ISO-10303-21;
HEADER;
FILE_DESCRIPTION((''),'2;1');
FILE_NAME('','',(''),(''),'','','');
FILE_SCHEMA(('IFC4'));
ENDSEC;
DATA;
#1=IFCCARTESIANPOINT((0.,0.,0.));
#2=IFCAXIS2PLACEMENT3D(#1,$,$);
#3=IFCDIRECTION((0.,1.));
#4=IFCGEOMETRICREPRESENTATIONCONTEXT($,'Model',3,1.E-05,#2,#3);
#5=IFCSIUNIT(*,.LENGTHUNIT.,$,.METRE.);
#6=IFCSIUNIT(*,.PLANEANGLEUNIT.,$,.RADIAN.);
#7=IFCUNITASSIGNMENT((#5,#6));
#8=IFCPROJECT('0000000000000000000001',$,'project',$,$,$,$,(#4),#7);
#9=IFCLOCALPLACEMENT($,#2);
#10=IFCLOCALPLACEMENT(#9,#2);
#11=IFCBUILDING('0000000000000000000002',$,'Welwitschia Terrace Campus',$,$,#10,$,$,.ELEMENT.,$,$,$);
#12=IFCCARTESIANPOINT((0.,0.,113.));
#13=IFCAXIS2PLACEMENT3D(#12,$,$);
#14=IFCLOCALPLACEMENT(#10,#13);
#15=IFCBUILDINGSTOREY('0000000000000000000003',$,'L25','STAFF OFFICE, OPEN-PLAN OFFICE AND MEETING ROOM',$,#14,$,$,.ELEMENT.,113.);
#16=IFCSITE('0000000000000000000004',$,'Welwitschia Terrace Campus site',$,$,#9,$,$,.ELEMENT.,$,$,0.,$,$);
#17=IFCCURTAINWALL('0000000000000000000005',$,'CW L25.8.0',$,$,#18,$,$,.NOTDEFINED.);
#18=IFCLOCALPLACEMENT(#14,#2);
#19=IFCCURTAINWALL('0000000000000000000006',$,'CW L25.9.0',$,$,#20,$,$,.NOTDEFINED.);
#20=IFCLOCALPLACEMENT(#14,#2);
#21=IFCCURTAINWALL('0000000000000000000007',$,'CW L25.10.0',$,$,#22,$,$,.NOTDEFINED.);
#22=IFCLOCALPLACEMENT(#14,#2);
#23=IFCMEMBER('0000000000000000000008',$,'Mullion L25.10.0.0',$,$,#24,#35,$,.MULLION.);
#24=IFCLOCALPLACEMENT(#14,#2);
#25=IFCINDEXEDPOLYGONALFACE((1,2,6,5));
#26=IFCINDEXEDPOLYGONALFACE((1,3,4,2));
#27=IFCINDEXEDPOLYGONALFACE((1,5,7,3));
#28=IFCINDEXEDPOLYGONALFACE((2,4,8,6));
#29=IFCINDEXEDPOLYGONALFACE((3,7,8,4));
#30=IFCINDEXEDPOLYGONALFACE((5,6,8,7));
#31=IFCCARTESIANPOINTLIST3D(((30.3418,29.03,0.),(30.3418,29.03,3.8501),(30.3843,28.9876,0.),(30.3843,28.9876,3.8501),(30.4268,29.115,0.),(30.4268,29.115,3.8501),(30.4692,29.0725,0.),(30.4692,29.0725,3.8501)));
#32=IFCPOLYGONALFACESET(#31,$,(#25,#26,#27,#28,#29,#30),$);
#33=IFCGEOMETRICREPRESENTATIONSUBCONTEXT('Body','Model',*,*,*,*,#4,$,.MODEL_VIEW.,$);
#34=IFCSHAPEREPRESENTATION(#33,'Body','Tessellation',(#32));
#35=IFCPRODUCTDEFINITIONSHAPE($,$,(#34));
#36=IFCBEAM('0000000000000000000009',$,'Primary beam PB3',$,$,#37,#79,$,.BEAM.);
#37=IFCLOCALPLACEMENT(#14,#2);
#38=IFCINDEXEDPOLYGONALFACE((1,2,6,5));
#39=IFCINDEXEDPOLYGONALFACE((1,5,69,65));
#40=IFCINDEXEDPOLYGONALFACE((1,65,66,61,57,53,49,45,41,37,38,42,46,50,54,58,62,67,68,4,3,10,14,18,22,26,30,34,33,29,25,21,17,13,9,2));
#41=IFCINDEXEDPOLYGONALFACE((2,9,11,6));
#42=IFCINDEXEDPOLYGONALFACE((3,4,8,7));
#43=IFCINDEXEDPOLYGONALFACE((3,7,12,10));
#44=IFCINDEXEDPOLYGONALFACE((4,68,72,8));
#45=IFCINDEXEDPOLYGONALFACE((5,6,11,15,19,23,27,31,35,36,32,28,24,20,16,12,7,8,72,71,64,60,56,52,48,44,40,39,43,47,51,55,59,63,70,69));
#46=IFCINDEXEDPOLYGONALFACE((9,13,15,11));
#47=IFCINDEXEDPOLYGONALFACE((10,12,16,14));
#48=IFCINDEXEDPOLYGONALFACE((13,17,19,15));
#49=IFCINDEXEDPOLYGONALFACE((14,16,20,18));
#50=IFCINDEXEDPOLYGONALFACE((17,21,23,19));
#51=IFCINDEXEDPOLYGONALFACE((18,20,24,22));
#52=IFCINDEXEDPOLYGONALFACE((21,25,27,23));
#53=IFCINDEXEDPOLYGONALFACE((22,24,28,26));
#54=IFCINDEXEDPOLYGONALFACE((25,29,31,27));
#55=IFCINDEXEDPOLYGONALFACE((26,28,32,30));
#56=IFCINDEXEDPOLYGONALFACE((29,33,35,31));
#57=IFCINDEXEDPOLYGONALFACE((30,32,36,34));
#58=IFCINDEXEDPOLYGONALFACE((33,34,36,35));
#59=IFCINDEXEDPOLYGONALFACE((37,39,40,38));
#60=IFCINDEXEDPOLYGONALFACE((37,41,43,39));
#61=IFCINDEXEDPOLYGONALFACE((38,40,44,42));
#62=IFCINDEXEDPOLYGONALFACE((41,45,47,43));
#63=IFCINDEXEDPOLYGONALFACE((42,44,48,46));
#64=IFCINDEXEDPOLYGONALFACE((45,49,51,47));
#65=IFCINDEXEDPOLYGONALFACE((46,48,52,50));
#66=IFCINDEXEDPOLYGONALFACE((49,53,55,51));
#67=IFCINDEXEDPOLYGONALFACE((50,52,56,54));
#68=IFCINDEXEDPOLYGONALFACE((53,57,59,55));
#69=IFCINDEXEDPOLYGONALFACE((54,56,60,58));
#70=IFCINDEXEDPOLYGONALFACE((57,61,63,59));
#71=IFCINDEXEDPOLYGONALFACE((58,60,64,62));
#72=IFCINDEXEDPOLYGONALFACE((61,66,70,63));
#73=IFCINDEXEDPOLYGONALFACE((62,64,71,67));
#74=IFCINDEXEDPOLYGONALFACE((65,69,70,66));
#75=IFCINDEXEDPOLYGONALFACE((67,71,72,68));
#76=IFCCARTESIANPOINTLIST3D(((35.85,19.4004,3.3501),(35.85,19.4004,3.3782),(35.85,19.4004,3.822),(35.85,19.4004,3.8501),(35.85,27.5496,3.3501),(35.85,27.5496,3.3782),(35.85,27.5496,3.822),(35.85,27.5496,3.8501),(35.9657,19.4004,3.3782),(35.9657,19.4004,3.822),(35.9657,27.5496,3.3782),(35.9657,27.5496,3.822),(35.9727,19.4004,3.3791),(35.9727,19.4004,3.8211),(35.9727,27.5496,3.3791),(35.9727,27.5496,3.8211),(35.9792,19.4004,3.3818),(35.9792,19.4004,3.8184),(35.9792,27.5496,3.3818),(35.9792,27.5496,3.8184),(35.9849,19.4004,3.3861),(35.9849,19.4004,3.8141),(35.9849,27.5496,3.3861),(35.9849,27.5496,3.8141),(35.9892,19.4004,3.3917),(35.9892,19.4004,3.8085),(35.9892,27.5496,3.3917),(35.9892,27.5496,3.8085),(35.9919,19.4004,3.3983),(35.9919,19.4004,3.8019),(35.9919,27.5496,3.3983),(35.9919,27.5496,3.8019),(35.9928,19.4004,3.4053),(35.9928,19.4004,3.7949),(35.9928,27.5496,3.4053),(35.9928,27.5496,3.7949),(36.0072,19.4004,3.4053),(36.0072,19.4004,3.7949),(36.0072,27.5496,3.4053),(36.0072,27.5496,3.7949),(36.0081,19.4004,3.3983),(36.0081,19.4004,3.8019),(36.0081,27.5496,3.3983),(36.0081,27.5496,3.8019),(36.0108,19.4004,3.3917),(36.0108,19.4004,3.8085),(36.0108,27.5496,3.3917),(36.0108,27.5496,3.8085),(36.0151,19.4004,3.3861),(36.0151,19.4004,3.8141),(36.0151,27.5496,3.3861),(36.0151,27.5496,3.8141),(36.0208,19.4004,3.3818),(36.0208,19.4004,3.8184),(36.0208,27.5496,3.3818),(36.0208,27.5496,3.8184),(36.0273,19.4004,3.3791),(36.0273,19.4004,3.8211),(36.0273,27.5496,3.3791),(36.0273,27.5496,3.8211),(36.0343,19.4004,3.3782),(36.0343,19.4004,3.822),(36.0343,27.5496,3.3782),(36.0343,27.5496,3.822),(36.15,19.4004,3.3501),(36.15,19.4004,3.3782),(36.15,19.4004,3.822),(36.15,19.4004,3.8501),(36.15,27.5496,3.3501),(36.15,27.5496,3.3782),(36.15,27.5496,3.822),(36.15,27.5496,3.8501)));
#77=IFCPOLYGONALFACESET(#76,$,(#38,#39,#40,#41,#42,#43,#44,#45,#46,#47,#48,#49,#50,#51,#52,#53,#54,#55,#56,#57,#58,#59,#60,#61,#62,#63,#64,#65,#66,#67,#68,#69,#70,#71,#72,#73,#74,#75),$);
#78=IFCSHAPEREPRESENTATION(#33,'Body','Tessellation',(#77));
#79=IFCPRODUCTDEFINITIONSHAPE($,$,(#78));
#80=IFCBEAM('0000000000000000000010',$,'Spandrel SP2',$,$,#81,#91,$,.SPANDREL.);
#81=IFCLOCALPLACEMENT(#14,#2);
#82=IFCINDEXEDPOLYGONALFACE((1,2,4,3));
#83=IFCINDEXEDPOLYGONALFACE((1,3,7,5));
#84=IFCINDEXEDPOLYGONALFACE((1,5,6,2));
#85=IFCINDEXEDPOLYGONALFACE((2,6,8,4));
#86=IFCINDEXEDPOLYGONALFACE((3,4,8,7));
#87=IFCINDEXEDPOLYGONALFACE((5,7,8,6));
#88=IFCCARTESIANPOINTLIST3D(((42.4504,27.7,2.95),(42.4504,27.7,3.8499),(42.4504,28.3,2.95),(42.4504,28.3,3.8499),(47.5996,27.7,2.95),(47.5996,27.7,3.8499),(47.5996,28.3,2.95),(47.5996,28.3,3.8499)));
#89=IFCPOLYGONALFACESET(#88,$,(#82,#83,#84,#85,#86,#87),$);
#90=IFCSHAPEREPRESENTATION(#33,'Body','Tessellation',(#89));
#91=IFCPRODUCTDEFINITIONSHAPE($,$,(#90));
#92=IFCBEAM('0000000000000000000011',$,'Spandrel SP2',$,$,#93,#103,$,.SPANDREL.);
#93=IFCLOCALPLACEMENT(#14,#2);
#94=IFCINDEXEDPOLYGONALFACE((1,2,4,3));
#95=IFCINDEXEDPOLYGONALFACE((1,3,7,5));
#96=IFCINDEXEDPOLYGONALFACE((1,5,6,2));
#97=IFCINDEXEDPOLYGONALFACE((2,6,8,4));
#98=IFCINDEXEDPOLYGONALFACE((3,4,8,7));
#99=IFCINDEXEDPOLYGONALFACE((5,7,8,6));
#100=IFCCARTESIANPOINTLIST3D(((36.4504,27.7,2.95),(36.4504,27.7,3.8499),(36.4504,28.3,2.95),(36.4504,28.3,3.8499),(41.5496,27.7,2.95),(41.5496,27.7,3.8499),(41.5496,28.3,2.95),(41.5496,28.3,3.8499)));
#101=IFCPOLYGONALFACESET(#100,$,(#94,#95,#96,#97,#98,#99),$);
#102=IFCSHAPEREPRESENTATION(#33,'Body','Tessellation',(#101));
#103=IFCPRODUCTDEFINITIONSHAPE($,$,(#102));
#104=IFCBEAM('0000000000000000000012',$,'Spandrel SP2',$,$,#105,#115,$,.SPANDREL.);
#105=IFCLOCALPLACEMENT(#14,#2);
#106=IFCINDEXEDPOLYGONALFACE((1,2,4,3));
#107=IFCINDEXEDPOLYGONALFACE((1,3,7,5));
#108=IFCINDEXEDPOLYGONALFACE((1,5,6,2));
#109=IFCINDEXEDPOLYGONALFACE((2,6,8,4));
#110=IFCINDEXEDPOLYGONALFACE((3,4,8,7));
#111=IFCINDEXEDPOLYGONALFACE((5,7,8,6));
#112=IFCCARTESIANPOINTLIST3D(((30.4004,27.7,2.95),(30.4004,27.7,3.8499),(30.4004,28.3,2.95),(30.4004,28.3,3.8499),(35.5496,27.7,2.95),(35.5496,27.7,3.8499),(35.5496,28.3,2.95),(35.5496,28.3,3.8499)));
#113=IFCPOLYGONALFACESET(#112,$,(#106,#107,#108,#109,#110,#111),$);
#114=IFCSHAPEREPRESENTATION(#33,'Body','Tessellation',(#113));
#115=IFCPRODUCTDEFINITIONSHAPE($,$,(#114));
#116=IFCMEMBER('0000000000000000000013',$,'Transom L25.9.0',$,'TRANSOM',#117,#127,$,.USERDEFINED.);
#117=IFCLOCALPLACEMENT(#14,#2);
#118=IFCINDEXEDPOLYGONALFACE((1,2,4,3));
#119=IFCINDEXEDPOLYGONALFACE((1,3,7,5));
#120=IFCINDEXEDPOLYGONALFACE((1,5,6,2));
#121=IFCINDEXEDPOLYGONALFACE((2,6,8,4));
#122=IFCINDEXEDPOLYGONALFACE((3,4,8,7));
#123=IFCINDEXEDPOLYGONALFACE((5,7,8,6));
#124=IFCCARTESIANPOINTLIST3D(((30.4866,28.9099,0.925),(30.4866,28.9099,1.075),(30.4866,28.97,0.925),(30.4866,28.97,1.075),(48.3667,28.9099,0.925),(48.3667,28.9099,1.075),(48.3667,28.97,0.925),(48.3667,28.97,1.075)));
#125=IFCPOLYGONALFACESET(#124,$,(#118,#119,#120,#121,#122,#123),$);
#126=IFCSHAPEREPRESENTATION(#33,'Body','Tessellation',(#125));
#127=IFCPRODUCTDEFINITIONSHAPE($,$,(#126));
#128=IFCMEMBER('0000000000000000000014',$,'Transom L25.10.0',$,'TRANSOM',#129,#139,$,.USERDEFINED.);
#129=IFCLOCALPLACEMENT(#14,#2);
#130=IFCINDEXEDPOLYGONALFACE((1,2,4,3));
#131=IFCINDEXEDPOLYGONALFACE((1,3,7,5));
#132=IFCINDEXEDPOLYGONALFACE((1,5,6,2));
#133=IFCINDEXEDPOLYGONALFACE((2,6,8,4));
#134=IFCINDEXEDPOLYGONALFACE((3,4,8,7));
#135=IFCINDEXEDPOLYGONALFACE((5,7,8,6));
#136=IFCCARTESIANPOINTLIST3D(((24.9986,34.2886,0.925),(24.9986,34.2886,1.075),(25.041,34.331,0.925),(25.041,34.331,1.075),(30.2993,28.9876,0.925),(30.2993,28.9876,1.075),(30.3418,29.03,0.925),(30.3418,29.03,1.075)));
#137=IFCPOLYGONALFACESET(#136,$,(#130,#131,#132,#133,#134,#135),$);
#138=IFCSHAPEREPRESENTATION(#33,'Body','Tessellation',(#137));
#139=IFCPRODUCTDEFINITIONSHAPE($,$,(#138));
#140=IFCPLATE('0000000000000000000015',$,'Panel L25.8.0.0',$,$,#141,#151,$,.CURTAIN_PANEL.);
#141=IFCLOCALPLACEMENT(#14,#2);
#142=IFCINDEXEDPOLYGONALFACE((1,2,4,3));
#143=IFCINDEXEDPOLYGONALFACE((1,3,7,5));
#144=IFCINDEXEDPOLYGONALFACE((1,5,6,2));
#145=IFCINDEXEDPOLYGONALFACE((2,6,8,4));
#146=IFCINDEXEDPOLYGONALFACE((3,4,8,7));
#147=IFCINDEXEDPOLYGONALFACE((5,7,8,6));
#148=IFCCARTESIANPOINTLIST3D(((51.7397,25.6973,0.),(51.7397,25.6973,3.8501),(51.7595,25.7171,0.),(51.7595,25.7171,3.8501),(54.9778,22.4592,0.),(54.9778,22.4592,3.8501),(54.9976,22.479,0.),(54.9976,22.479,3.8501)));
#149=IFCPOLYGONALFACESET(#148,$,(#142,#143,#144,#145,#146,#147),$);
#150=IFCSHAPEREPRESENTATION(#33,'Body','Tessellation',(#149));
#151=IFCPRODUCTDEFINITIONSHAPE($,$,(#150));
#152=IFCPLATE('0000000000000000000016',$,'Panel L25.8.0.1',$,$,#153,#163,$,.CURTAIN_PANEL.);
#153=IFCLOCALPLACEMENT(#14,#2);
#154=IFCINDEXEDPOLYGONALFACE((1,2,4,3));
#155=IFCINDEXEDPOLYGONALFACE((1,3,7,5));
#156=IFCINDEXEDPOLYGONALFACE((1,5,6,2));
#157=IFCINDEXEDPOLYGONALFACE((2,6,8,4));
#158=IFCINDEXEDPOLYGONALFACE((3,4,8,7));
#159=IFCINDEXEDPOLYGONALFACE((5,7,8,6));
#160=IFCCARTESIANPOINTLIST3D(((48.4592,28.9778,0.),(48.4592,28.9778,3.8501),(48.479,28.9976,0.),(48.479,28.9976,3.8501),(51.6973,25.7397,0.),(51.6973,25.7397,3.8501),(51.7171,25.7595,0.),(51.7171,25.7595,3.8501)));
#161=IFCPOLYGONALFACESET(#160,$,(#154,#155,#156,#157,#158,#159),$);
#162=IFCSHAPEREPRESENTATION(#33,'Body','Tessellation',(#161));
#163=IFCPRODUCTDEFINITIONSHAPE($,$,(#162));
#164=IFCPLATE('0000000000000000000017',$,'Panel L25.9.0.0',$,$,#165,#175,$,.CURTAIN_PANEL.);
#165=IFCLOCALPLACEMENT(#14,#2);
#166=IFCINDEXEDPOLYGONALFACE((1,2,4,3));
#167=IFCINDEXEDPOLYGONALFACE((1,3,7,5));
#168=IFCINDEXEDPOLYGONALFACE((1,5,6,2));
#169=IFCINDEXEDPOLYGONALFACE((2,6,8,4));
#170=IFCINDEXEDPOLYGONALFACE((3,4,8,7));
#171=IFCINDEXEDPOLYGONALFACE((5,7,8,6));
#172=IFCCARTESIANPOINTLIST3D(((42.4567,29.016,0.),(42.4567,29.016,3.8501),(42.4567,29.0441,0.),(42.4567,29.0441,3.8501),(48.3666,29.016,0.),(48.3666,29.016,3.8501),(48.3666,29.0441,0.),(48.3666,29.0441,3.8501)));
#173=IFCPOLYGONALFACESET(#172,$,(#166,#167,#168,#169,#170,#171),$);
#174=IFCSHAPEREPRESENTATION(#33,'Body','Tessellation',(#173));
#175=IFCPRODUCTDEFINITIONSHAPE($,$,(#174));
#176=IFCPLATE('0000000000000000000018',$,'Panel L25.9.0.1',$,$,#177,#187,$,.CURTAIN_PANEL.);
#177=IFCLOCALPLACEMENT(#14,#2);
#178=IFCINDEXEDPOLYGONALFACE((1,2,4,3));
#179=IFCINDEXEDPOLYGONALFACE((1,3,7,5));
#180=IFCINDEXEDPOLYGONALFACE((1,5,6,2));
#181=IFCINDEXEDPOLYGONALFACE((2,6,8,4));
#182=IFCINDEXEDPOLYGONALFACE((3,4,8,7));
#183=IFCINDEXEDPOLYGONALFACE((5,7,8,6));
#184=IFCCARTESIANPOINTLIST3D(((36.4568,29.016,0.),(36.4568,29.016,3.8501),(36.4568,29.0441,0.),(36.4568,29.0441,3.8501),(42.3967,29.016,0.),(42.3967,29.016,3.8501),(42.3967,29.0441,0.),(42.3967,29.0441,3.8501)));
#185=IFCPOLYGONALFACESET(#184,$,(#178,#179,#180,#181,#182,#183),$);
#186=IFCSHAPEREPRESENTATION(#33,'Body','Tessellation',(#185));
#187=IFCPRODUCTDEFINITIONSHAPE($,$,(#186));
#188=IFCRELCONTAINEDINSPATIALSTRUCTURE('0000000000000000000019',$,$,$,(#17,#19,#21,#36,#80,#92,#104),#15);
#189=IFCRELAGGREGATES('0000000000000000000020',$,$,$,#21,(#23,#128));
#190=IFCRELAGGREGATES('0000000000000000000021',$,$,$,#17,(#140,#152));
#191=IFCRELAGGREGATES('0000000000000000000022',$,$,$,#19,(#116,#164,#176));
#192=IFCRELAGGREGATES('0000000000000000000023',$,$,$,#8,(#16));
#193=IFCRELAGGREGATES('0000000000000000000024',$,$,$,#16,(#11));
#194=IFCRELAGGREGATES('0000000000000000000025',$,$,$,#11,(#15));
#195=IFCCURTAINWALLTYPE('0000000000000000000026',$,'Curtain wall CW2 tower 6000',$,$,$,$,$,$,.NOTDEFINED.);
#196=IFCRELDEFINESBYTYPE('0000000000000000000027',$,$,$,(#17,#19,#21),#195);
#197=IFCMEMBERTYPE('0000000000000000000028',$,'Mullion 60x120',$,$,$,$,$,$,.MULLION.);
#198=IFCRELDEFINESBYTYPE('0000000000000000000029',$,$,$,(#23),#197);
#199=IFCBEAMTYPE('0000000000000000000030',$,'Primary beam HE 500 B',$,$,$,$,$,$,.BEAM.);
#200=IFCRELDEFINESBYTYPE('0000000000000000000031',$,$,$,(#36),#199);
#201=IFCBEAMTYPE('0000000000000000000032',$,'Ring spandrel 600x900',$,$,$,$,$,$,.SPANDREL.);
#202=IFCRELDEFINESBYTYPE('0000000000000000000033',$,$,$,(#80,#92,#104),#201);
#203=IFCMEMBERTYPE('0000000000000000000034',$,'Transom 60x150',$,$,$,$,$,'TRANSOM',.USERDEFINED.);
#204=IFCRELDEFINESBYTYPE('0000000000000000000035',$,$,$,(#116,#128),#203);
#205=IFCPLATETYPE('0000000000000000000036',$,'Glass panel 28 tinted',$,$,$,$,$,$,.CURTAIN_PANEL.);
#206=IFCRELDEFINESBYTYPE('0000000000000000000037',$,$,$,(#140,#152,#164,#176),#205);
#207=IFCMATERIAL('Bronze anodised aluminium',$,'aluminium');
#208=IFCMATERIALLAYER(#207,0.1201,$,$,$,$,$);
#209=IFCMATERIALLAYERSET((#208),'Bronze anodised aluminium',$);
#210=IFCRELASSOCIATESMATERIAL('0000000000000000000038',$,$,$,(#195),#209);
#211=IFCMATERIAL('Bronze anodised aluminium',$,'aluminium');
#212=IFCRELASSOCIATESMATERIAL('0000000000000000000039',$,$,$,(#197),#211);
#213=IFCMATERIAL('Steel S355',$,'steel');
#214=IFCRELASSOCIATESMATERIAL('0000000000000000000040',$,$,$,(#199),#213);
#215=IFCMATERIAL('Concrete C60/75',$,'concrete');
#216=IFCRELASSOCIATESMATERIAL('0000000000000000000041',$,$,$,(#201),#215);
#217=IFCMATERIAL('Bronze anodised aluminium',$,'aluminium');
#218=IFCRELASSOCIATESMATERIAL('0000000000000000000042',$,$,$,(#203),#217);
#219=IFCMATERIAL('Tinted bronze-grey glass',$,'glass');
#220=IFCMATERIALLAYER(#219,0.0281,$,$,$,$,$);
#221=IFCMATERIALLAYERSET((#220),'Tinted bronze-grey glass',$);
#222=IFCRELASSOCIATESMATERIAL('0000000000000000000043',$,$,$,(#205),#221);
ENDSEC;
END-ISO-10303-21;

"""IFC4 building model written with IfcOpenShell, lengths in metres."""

from ifc_helpers import new_model, si_unit, direction, frame, origin, origin_2d, place, context, subcontext, project, spatial, rectangle, i_section, extrude, material, layer, layer_set, material_profile, profile_set, type_object, element, aggregate, save


model = new_model("IFC4")

# Units and contexts
model_context = context("Model", 3, precision=1e-05, world=origin(), true_north=direction((0.0, 1.0)))
body_context = subcontext(model_context, "Body", "Model", "MODEL_VIEW")
ifc_project = project(units=[si_unit("LENGTHUNIT", "METRE"), si_unit("PLANEANGLEUNIT", "RADIAN")], contexts=[model_context])

# Site, building, storey
site_placement = place(None, origin())
site = spatial("IfcSite", under=ifc_project, at=site_placement, Name="Welwitschia Terrace Campus site", CompositionType="ELEMENT", RefElevation=0.0)
building_placement = place(site_placement, origin())
building = spatial("IfcBuilding", under=site, at=building_placement, Name="Welwitschia Terrace Campus", CompositionType="ELEMENT")
storey_placement = place(building_placement, frame((0.0, 0.0, 113.0)))
storey = spatial("IfcBuildingStorey", under=building, at=storey_placement, Name="L25", Description="STAFF OFFICE, OPEN-PLAN OFFICE AND MEETING ROOM", CompositionType="ELEMENT", Elevation=113.0)

# Curtain walls
ifc_material_1 = material(Name="Bronze anodised aluminium", Category="aluminium")
ifc_layer_1 = layer(ifc_material_1, 0.1201)
ifc_layer_set_1 = layer_set([ifc_layer_1], Name="Bronze anodised aluminium")
curtain_wall_type = type_object("IfcCurtainWallType", Name="Curtain wall CW2 tower 6000", PredefinedType="NOTDEFINED", material=ifc_layer_set_1)
curtain_wall_1_placement = place(storey_placement, origin())
curtain_wall_1 = element("IfcCurtainWall", 1, at=curtain_wall_1_placement, inside=storey, type_object=curtain_wall_type, Name="CW L25.8.0", PredefinedType="NOTDEFINED")
ifc_material_2 = material(Name="Bronze anodised aluminium", Category="aluminium")
ifc_material_profile_1 = material_profile(ifc_material_2, rectangle(XDim=0.1201, YDim=0.0601, at=origin_2d()))
ifc_profile_set_1 = profile_set([ifc_material_profile_1], Name="Bronze anodised aluminium")
member_type_1 = type_object("IfcMemberType", Name="Mullion 60x120", PredefinedType="MULLION", material=ifc_profile_set_1)
curtain_wall_2_placement = place(storey_placement, origin())
curtain_wall_2 = element("IfcCurtainWall", 2, at=curtain_wall_2_placement, inside=storey, type_object=curtain_wall_type, Name="CW L25.9.0", PredefinedType="NOTDEFINED")

# Curtain wall, member
curtain_wall_3_placement = place(storey_placement, origin())
curtain_wall_3 = element("IfcCurtainWall", 3, at=curtain_wall_3_placement, inside=storey, type_object=curtain_wall_type, Name="CW L25.10.0", PredefinedType="NOTDEFINED")
member_1_placement = place(storey_placement, frame((30.4055, 29.0513, 0.0), z_axis=(0.0, 0.0, 1.0), x_axis=(-0.707107, -0.707107, 0.0)))
member_1 = element("IfcMember", 4, at=member_1_placement, type_object=member_type_1, Name="Mullion L25.10.0.0", PredefinedType="MULLION", context=body_context, shape_type="SweptSolid", body=[
    extrude(rectangle(XDim=0.1201, YDim=0.0601, at=origin_2d()), origin(), (0.0, 0.0, 1.0), 3.8501),
])

# Beams
ifc_material_3 = material(Name="Steel S355", Category="steel")
ifc_material_profile_2 = material_profile(ifc_material_3, i_section(OverallWidth=0.3, OverallDepth=0.5, WebThickness=0.0144, FlangeThickness=0.0281, FilletRadius=0.0271, at=origin_2d()))
ifc_profile_set_2 = profile_set([ifc_material_profile_2], Name="Steel S355")
beam_type_1 = type_object("IfcBeamType", Name="Primary beam HE 500 B", PredefinedType="BEAM", material=ifc_profile_set_2)
beam_1_placement = place(storey_placement, frame((36.0, 27.5496, 3.6001), z_axis=(0.0, -1.0, 0.0), x_axis=(1.0, 0.0, 0.0)))
element("IfcBeam", 5, at=beam_1_placement, inside=storey, type_object=beam_type_1, Name="Primary beam PB3", PredefinedType="BEAM", context=body_context, shape_type="SweptSolid", body=[
    extrude(i_section(OverallWidth=0.3, OverallDepth=0.5, WebThickness=0.0144, FlangeThickness=0.0281, FilletRadius=0.0271, at=origin_2d()), origin(), (0.0, 0.0, 1.0), 8.1492),
])
ifc_material_4 = material(Name="Concrete C60/75", Category="concrete")
ifc_material_profile_3 = material_profile(ifc_material_4, rectangle(XDim=0.6001, YDim=0.8999, at=origin_2d()))
ifc_profile_set_3 = profile_set([ifc_material_profile_3], Name="Concrete C60/75")
beam_type_2 = type_object("IfcBeamType", Name="Ring spandrel 600x900", PredefinedType="SPANDREL", material=ifc_profile_set_3)
beam_2_placement = place(storey_placement, frame((47.5996, 28.0, 3.3999), z_axis=(-1.0, 0.0, 0.0), x_axis=(0.0, -1.0, 0.0)))
element("IfcBeam", 6, at=beam_2_placement, inside=storey, type_object=beam_type_2, Name="Spandrel SP2", PredefinedType="SPANDREL", context=body_context, shape_type="SweptSolid", body=[
    extrude(rectangle(XDim=0.6001, YDim=0.8999, at=origin_2d()), origin(), (0.0, 0.0, 1.0), 5.1492),
])
beam_3_placement = place(storey_placement, frame((41.5496, 28.0, 3.3999), z_axis=(-1.0, 0.0, 0.0), x_axis=(0.0, -1.0, 0.0)))
element("IfcBeam", 7, at=beam_3_placement, inside=storey, type_object=beam_type_2, Name="Spandrel SP2", PredefinedType="SPANDREL", context=body_context, shape_type="SweptSolid", body=[
    extrude(rectangle(XDim=0.6001, YDim=0.8999, at=origin_2d()), origin(), (0.0, 0.0, 1.0), 5.0991),
])
beam_4_placement = place(storey_placement, frame((35.5496, 28.0, 3.3999), z_axis=(-1.0, 0.0, 0.0), x_axis=(0.0, -1.0, 0.0)))
element("IfcBeam", 8, at=beam_4_placement, inside=storey, type_object=beam_type_2, Name="Spandrel SP2", PredefinedType="SPANDREL", context=body_context, shape_type="SweptSolid", body=[
    extrude(rectangle(XDim=0.6001, YDim=0.8999, at=origin_2d()), origin(), (0.0, 0.0, 1.0), 5.1492),
])

# Members
ifc_material_5 = material(Name="Bronze anodised aluminium", Category="aluminium")
ifc_material_profile_4 = material_profile(ifc_material_5, rectangle(XDim=0.0601, YDim=0.1499, at=origin_2d()))
ifc_profile_set_4 = profile_set([ifc_material_profile_4], Name="Bronze anodised aluminium")
member_type_2 = type_object("IfcMemberType", Name="Transom 60x150", ElementType="TRANSOM", PredefinedType="USERDEFINED", material=ifc_profile_set_4)
member_2_placement = place(storey_placement, frame((48.3667, 28.9399, 1.0), z_axis=(-1.0, 0.0, 0.0), x_axis=(0.0, -1.0, 0.0)))
member_2 = element("IfcMember", 9, at=member_2_placement, type_object=member_type_2, Name="Transom L25.9.0", ObjectType="TRANSOM", PredefinedType="USERDEFINED", context=body_context, shape_type="SweptSolid", body=[
    extrude(rectangle(XDim=0.0601, YDim=0.1499, at=origin_2d()), origin(), (0.0, 0.0, 1.0), 17.8801),
])
member_3_placement = place(storey_placement, frame((30.3206, 29.0088, 1.0), z_axis=(-0.70709, 0.707123, 0.0), x_axis=(-0.707123, -0.70709, 0.0)))
member_3 = element("IfcMember", 10, at=member_3_placement, type_object=member_type_2, Name="Transom L25.10.0", ObjectType="TRANSOM", PredefinedType="USERDEFINED", context=body_context, shape_type="SweptSolid", body=[
    extrude(rectangle(XDim=0.0601, YDim=0.1499, at=origin_2d()), origin(), (0.0, 0.0, 1.0), 7.4966),
])
aggregate(curtain_wall_3, [member_1, member_3])

# Plates
ifc_material_6 = material(Name="Tinted bronze-grey glass", Category="glass")
ifc_layer_2 = layer(ifc_material_6, 0.0281)
ifc_layer_set_2 = layer_set([ifc_layer_2], Name="Tinted bronze-grey glass")
plate_type = type_object("IfcPlateType", Name="Glass panel 28 tinted", PredefinedType="CURTAIN_PANEL", material=ifc_layer_set_2)
plate_1_placement = place(storey_placement, frame((53.3687, 24.0881, 0.0), z_axis=(0.0, 0.0, 1.0), x_axis=(-0.707107, 0.707107, 0.0)))
plate_1 = element("IfcPlate", 11, at=plate_1_placement, type_object=plate_type, Name="Panel L25.8.0.0", PredefinedType="CURTAIN_PANEL", context=body_context, shape_type="SweptSolid", body=[
    extrude(rectangle(XDim=4.5793, YDim=0.0281, at=origin_2d()), origin(), (0.0, 0.0, 1.0), 3.8501),
])
plate_2_placement = place(storey_placement, frame((50.0881, 27.3687, 0.0), z_axis=(0.0, 0.0, 1.0), x_axis=(-0.707107, 0.707107, 0.0)))
plate_2 = element("IfcPlate", 12, at=plate_2_placement, type_object=plate_type, Name="Panel L25.8.0.1", PredefinedType="CURTAIN_PANEL", context=body_context, shape_type="SweptSolid", body=[
    extrude(rectangle(XDim=4.5793, YDim=0.0281, at=origin_2d()), origin(), (0.0, 0.0, 1.0), 3.8501),
])
aggregate(curtain_wall_1, [plate_1, plate_2])
plate_3_placement = place(storey_placement, frame((45.4116, 29.03, 0.0), z_axis=(0.0, 0.0, 1.0), x_axis=(-1.0, 0.0, 0.0)))
plate_3 = element("IfcPlate", 13, at=plate_3_placement, type_object=plate_type, Name="Panel L25.9.0.0", PredefinedType="CURTAIN_PANEL", context=body_context, shape_type="SweptSolid", body=[
    extrude(rectangle(XDim=5.9099, YDim=0.0281, at=origin_2d()), origin(), (0.0, 0.0, 1.0), 3.8501),
])
plate_4_placement = place(storey_placement, frame((39.4268, 29.03, 0.0), z_axis=(0.0, 0.0, 1.0), x_axis=(-1.0, 0.0, 0.0)))
plate_4 = element("IfcPlate", 14, at=plate_4_placement, type_object=plate_type, Name="Panel L25.9.0.1", PredefinedType="CURTAIN_PANEL", context=body_context, shape_type="SweptSolid", body=[
    extrude(rectangle(XDim=5.9399, YDim=0.0281, at=origin_2d()), origin(), (0.0, 0.0, 1.0), 3.8501),
])
aggregate(curtain_wall_2, [member_2, plate_3, plate_4])

save(model, "model.ifc")
